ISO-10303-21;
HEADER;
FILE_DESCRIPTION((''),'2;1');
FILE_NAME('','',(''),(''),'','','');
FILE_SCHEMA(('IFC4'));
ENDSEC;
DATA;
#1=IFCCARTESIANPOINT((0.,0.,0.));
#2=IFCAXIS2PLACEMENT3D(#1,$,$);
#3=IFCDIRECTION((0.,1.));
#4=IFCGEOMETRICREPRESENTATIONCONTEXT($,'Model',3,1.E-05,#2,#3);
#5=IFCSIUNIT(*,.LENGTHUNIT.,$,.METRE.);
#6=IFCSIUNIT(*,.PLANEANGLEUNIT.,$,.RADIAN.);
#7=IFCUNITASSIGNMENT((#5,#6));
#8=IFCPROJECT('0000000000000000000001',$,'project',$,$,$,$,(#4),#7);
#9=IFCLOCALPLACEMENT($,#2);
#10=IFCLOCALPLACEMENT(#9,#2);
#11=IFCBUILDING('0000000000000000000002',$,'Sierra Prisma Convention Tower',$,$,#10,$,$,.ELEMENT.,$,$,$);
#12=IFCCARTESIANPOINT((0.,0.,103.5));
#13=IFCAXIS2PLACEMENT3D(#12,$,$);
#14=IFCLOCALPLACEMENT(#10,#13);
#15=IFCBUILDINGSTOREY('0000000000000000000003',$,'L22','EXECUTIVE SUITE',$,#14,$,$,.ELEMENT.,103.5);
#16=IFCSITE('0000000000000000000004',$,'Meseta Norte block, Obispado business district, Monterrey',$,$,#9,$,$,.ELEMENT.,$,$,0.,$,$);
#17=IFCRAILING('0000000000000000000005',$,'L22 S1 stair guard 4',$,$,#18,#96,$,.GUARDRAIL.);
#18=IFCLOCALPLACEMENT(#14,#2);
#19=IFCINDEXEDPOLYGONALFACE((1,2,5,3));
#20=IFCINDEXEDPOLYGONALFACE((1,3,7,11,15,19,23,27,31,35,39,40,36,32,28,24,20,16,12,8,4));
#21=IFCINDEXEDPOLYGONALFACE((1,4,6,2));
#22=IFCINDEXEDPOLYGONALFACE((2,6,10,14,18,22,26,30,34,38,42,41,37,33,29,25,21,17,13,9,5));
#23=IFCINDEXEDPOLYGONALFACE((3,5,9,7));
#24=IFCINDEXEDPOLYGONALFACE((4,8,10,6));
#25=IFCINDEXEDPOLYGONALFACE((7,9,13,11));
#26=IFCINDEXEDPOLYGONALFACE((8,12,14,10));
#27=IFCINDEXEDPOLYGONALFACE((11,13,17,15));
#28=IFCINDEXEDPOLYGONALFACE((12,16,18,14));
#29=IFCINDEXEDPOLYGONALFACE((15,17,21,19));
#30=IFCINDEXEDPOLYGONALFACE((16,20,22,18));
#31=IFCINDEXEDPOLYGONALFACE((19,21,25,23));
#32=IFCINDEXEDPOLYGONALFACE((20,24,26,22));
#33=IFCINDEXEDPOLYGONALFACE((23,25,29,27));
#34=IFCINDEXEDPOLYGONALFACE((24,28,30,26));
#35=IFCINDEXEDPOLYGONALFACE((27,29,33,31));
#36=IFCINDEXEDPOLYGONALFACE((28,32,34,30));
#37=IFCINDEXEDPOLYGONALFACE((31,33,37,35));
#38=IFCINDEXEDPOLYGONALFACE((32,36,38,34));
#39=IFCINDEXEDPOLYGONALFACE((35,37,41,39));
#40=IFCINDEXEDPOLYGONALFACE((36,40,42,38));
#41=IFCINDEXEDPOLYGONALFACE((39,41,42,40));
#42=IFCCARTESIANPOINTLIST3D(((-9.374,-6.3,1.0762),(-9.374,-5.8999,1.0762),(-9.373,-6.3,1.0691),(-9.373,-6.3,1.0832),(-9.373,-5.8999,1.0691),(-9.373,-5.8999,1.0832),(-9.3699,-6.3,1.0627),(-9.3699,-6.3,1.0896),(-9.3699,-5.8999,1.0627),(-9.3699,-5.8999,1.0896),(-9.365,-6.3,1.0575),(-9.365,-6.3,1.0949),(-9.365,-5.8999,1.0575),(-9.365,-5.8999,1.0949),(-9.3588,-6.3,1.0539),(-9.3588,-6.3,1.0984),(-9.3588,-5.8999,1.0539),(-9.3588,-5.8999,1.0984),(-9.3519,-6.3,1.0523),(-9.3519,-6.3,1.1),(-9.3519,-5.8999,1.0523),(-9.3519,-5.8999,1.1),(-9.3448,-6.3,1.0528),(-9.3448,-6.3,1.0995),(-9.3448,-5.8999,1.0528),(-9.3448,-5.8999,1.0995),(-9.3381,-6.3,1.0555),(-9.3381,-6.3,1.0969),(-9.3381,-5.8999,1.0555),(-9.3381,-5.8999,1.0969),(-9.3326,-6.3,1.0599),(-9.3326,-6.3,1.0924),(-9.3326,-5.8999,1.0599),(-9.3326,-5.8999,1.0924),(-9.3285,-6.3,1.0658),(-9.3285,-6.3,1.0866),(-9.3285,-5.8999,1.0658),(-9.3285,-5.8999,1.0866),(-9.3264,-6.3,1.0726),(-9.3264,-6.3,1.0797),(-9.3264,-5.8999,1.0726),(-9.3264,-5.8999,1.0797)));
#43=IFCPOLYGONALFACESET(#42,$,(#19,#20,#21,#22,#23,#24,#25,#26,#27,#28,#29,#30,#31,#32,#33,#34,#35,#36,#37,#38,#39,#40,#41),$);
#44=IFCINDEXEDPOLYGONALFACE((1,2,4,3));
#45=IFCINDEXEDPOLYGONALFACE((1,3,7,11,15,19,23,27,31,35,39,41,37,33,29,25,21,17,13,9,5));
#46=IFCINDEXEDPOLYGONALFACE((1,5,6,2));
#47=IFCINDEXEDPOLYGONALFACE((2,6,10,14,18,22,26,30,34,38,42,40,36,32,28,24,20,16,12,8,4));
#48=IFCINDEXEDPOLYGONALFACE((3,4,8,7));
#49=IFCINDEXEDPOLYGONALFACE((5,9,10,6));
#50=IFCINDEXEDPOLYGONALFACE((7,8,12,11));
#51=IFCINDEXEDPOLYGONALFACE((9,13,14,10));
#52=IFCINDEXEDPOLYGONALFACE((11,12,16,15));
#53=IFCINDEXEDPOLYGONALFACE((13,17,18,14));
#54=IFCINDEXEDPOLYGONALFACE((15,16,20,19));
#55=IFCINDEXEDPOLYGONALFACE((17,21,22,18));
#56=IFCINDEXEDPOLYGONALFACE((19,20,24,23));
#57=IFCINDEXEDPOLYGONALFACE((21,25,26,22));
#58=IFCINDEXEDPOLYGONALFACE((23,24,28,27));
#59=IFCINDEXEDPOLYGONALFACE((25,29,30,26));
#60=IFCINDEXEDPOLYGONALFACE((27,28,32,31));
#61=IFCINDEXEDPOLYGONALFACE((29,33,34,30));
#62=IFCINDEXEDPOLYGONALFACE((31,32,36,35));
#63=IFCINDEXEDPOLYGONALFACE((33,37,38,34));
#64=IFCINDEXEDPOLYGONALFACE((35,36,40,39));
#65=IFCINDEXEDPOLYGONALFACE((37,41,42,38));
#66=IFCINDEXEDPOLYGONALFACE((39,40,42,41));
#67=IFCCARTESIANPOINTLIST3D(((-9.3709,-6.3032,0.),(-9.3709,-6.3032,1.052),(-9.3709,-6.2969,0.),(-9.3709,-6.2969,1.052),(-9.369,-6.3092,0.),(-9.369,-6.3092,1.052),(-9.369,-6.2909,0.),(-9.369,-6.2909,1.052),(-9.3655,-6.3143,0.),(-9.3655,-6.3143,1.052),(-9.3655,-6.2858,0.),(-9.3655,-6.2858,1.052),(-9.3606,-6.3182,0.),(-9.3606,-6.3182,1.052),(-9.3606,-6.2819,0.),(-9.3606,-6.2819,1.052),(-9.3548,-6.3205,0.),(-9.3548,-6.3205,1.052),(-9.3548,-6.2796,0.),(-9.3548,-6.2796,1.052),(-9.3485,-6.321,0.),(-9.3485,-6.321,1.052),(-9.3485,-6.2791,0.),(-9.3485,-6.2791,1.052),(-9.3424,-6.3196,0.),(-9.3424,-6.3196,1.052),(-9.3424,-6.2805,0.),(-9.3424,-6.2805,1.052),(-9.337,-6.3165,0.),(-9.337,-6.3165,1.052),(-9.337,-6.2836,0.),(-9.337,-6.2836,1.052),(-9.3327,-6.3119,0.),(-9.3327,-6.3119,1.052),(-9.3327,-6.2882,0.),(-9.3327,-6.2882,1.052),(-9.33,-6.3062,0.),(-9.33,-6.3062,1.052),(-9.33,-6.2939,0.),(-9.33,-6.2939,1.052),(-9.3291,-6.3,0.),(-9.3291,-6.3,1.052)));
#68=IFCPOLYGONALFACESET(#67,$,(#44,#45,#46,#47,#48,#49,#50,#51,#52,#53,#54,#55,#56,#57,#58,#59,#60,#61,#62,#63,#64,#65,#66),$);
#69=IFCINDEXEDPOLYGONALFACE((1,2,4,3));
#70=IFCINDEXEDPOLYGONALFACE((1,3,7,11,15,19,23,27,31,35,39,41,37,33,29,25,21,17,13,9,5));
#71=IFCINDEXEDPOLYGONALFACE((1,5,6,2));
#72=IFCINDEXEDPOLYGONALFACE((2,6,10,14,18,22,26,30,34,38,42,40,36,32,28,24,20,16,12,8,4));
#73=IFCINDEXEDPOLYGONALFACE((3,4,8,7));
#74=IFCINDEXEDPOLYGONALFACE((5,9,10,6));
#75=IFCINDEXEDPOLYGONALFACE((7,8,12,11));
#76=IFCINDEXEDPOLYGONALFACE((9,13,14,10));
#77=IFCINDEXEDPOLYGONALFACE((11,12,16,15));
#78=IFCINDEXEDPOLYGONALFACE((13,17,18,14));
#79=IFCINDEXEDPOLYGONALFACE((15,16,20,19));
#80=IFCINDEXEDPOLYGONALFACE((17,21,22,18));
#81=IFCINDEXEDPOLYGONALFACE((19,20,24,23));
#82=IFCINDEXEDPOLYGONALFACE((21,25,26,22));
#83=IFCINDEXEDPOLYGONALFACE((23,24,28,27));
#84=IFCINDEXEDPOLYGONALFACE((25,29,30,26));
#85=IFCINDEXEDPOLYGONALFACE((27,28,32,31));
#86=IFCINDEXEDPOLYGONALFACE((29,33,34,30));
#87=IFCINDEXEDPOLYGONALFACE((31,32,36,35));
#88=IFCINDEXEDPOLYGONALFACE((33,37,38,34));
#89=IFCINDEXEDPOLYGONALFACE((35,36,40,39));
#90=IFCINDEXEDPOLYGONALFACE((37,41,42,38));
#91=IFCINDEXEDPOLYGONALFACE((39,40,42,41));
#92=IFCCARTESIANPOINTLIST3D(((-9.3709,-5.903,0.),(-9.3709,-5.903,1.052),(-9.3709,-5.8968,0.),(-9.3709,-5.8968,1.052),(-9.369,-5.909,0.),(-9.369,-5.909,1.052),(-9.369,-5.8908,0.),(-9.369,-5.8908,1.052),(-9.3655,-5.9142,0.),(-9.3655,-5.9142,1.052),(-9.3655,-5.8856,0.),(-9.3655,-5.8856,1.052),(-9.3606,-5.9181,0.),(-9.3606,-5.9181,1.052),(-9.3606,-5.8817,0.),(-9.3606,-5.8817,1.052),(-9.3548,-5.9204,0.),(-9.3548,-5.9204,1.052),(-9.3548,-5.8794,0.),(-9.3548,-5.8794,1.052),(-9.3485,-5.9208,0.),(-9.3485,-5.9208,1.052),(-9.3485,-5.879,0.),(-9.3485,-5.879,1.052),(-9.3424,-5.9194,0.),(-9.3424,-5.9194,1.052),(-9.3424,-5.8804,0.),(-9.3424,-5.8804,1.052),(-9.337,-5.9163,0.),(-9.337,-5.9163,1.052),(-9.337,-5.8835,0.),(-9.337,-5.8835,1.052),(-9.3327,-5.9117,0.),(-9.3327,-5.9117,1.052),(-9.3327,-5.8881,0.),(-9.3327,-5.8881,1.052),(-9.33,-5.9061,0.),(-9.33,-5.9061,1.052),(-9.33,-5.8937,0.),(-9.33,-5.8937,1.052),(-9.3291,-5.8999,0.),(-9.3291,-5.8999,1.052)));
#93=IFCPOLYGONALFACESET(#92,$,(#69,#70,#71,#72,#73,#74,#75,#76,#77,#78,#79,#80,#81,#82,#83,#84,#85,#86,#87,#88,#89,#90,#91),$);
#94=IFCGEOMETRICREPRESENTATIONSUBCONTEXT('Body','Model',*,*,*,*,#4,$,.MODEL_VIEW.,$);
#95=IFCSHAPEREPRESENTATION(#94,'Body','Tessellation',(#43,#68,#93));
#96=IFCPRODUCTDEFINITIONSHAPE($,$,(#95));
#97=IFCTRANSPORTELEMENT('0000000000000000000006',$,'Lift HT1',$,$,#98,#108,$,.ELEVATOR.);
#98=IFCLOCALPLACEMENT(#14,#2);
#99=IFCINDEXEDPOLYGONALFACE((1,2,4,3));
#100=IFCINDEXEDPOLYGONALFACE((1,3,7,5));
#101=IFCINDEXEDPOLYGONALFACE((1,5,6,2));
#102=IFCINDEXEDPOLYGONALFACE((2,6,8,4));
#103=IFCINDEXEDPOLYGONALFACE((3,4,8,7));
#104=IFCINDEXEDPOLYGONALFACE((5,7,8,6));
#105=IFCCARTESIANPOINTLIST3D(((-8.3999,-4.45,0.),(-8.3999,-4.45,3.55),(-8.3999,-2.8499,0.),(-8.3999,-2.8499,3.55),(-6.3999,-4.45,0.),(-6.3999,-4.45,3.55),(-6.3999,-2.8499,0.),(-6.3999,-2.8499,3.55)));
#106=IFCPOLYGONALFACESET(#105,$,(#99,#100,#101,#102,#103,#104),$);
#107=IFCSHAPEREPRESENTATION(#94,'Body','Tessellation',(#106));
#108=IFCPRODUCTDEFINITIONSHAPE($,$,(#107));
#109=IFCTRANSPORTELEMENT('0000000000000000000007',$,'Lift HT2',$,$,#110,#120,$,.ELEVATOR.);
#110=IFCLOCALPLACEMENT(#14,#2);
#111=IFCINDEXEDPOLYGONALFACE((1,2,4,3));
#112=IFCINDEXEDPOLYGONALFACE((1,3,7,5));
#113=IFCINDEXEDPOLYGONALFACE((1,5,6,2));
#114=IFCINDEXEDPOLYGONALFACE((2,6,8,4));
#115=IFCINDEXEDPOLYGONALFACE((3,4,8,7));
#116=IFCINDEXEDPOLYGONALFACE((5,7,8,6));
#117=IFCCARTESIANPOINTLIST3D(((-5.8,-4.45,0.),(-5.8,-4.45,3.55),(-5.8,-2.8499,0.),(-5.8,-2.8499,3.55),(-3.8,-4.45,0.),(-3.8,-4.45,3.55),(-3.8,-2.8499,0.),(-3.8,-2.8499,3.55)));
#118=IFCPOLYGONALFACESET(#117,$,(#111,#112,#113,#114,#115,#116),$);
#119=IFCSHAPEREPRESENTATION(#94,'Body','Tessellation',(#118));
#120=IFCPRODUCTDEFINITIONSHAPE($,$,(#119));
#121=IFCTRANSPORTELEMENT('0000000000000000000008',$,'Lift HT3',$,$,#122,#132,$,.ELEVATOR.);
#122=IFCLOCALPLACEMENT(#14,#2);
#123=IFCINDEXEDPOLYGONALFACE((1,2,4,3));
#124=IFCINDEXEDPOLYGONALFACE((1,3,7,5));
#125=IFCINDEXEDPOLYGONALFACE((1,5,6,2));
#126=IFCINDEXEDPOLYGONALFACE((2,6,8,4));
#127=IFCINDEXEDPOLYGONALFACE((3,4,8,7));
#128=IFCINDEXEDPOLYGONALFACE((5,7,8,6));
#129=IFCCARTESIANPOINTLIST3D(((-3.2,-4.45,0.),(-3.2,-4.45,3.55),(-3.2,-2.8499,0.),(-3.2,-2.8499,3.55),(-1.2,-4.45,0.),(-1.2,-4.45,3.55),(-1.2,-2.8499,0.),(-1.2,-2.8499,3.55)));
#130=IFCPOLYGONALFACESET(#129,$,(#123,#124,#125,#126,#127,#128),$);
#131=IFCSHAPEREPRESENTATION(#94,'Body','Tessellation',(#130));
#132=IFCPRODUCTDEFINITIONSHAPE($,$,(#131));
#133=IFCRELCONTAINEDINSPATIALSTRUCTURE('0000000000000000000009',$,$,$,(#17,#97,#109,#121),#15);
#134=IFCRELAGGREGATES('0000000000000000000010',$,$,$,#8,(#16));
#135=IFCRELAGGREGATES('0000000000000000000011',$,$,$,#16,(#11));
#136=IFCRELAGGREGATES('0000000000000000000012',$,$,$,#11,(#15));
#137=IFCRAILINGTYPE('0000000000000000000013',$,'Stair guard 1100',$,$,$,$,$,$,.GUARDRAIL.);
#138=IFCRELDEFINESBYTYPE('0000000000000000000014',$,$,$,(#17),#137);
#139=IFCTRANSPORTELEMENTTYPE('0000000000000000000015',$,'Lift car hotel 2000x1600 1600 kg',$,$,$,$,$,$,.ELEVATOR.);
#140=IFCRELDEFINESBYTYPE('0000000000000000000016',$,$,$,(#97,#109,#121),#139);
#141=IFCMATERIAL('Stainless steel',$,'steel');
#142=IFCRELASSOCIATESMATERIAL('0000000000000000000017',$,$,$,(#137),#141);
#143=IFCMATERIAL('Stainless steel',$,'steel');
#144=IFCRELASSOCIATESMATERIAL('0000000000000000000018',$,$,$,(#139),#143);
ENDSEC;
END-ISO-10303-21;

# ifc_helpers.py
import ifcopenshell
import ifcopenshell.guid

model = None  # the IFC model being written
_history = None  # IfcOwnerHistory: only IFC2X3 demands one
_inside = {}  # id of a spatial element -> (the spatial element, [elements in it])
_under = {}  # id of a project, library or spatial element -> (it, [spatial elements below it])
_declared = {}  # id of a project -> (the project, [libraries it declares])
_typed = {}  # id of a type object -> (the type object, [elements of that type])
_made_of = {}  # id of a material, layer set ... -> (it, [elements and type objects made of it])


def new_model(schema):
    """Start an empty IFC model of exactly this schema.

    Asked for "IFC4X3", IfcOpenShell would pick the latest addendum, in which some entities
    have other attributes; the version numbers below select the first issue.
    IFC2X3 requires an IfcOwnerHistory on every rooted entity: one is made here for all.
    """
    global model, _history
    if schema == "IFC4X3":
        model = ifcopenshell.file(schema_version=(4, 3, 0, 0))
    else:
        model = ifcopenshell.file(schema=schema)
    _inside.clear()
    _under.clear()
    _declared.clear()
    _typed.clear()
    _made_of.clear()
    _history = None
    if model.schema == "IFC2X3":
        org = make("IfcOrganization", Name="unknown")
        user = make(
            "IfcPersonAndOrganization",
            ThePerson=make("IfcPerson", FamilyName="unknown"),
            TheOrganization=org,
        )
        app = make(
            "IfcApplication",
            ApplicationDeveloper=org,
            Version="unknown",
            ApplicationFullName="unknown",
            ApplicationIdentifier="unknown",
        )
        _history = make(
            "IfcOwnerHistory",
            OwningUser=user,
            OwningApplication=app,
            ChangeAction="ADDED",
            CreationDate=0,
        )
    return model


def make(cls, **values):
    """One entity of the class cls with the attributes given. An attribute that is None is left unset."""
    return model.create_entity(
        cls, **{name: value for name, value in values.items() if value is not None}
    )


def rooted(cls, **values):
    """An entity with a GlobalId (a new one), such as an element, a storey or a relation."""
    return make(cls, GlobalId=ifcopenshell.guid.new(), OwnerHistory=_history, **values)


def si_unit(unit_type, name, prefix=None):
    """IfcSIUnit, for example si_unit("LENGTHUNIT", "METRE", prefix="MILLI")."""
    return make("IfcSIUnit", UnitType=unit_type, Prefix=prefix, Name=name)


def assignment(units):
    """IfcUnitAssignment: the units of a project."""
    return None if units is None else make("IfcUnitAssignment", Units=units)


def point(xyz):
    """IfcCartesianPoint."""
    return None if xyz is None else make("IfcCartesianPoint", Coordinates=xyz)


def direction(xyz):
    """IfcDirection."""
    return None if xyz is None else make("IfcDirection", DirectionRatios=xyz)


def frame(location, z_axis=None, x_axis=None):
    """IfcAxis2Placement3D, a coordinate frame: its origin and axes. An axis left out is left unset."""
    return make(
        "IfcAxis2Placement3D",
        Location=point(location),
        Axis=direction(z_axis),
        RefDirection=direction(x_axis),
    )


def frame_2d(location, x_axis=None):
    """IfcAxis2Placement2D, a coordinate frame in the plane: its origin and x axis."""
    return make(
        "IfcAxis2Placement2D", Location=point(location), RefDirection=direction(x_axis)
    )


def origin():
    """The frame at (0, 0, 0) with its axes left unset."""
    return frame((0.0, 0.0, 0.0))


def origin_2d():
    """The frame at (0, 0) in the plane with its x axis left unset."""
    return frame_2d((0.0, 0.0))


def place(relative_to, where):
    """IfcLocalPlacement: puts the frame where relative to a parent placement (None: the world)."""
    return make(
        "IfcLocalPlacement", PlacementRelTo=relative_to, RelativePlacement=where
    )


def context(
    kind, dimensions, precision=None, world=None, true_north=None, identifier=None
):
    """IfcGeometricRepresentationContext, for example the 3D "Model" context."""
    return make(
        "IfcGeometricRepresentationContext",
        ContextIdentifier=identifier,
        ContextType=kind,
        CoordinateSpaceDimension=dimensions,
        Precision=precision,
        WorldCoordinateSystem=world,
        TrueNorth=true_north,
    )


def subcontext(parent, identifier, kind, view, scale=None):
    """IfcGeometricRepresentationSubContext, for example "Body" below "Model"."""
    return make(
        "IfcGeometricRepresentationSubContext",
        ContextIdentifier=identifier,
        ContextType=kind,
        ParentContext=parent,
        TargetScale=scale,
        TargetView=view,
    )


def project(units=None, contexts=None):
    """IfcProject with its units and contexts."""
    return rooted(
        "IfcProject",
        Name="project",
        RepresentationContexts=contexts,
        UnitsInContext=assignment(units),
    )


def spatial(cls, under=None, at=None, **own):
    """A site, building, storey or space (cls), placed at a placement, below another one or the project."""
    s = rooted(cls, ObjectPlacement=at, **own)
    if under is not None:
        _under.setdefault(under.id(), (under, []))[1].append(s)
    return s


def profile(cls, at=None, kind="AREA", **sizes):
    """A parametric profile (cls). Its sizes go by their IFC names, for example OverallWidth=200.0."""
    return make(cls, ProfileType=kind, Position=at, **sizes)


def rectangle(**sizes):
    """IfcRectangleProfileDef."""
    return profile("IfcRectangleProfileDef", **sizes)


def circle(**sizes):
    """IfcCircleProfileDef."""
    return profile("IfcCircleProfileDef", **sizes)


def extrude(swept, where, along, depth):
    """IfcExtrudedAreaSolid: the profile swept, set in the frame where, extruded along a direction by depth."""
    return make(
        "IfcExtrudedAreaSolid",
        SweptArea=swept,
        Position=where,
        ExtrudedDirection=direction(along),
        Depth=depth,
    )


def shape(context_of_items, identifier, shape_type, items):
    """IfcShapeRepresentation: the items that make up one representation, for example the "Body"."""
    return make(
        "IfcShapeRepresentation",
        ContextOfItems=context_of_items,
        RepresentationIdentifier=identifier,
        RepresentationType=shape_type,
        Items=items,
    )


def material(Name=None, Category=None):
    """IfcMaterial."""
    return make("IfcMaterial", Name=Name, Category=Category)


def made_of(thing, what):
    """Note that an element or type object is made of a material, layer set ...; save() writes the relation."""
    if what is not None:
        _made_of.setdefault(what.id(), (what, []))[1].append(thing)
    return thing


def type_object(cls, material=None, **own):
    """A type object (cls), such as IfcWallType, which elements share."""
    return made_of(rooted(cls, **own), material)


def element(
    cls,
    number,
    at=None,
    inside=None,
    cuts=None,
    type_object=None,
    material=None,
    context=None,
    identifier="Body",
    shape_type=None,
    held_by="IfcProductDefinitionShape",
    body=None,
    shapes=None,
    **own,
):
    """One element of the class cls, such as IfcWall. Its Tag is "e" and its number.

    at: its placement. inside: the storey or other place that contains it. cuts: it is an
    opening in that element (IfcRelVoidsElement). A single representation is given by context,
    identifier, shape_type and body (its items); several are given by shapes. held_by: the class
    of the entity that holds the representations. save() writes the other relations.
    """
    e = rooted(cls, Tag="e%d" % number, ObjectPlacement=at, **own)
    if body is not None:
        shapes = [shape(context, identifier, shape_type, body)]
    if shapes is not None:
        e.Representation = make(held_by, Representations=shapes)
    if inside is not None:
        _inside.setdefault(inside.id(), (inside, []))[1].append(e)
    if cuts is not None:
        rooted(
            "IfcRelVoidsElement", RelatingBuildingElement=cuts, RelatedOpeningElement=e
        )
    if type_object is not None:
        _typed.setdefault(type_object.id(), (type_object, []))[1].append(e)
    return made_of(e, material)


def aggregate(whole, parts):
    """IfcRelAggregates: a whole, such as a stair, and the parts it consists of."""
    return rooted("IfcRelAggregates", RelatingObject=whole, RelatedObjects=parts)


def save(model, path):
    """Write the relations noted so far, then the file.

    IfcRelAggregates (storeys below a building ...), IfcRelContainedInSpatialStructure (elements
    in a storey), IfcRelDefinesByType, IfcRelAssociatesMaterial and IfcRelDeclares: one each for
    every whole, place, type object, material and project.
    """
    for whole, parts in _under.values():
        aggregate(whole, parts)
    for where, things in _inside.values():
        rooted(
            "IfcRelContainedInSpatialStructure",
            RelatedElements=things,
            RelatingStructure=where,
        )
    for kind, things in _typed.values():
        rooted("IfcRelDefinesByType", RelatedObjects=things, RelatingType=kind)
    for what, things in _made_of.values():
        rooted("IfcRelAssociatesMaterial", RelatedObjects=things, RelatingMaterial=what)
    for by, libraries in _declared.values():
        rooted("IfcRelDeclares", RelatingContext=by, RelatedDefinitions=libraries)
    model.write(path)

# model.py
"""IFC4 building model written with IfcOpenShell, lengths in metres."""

from ifc_helpers import new_model, si_unit, direction, frame, origin, origin_2d, place, context, subcontext, project, spatial, rectangle, circle, extrude, material, type_object, element, save


model = new_model("IFC4")

# Units and contexts
model_context = context("Model", 3, precision=1e-05, world=origin(), true_north=direction((0.0, 1.0)))
body_context = subcontext(model_context, "Body", "Model", "MODEL_VIEW")
ifc_project = project(units=[si_unit("LENGTHUNIT", "METRE"), si_unit("PLANEANGLEUNIT", "RADIAN")], contexts=[model_context])

# Site, building, storey
site_placement = place(None, origin())
site = spatial("IfcSite", under=ifc_project, at=site_placement, Name="Meseta Norte block, Obispado business district, Monterrey", CompositionType="ELEMENT", RefElevation=0.0)
building_placement = place(site_placement, origin())
building = spatial("IfcBuilding", under=site, at=building_placement, Name="Sierra Prisma Convention Tower", CompositionType="ELEMENT")
storey_placement = place(building_placement, frame((0.0, 0.0, 103.5)))
storey = spatial("IfcBuildingStorey", under=building, at=storey_placement, Name="L22", Description="EXECUTIVE SUITE", CompositionType="ELEMENT", Elevation=103.5)

# Railing
ifc_material_1 = material(Name="Stainless steel", Category="steel")
railing_type_1 = type_object("IfcRailingType", Name="Stair guard 1100", PredefinedType="GUARDRAIL", material=ifc_material_1)
railing_1_placement = place(storey_placement, frame((-9.3501, -6.3, 0.0)))
element("IfcRailing", 1, at=railing_1_placement, inside=storey, type_object=railing_type_1, Name="L22 S1 stair guard 4", PredefinedType="GUARDRAIL", context=body_context, shape_type="SweptSolid", body=[
    extrude(circle(Radius=0.0239, at=origin_2d()), frame((0.0, 0.0, 1.0762), z_axis=(0.0, 1.0, 0.0), x_axis=(-1.0, 0.0, 0.0)), (0.0, 0.0, 1.0), 0.4001),
    extrude(circle(Radius=0.021, at=origin_2d()), origin(), (0.0, 0.0, 1.0), 1.052),
    extrude(circle(Radius=0.021, at=origin_2d()), frame((0.0, 0.4001, 0.0)), (0.0, 0.0, 1.0), 1.052),
])

# Transport elements
ifc_material_2 = material(Name="Stainless steel", Category="steel")
transport_element_type = type_object("IfcTransportElementType", Name="Lift car hotel 2000x1600 1600 kg", PredefinedType="ELEVATOR", material=ifc_material_2)
for number, where, z_axis, x_axis, name in (
    (2, (-7.3999, -3.6499, 0.0), (0.0, 0.0, 1.0), (1.0, 0.0, 0.0), "Lift HT1"),
    (3, (-4.8, -3.6499, 0.0), (0.0, 0.0, 1.0), (1.0, 0.0, 0.0), "Lift HT2"),
    (4, (-2.2, -3.6499, 0.0), (0.0, 0.0, 1.0), (1.0, 0.0, 0.0), "Lift HT3"),
):
    element("IfcTransportElement", number, at=place(storey_placement, frame(where, z_axis=z_axis, x_axis=x_axis)), inside=storey, type_object=transport_element_type, Name=name, PredefinedType="ELEVATOR", context=body_context, shape_type="SweptSolid", body=[
        extrude(rectangle(XDim=2.0, YDim=1.6001, at=origin_2d()), origin(), (0.0, 0.0, 1.0), 3.55),
    ])

save(model, "model.ifc")
